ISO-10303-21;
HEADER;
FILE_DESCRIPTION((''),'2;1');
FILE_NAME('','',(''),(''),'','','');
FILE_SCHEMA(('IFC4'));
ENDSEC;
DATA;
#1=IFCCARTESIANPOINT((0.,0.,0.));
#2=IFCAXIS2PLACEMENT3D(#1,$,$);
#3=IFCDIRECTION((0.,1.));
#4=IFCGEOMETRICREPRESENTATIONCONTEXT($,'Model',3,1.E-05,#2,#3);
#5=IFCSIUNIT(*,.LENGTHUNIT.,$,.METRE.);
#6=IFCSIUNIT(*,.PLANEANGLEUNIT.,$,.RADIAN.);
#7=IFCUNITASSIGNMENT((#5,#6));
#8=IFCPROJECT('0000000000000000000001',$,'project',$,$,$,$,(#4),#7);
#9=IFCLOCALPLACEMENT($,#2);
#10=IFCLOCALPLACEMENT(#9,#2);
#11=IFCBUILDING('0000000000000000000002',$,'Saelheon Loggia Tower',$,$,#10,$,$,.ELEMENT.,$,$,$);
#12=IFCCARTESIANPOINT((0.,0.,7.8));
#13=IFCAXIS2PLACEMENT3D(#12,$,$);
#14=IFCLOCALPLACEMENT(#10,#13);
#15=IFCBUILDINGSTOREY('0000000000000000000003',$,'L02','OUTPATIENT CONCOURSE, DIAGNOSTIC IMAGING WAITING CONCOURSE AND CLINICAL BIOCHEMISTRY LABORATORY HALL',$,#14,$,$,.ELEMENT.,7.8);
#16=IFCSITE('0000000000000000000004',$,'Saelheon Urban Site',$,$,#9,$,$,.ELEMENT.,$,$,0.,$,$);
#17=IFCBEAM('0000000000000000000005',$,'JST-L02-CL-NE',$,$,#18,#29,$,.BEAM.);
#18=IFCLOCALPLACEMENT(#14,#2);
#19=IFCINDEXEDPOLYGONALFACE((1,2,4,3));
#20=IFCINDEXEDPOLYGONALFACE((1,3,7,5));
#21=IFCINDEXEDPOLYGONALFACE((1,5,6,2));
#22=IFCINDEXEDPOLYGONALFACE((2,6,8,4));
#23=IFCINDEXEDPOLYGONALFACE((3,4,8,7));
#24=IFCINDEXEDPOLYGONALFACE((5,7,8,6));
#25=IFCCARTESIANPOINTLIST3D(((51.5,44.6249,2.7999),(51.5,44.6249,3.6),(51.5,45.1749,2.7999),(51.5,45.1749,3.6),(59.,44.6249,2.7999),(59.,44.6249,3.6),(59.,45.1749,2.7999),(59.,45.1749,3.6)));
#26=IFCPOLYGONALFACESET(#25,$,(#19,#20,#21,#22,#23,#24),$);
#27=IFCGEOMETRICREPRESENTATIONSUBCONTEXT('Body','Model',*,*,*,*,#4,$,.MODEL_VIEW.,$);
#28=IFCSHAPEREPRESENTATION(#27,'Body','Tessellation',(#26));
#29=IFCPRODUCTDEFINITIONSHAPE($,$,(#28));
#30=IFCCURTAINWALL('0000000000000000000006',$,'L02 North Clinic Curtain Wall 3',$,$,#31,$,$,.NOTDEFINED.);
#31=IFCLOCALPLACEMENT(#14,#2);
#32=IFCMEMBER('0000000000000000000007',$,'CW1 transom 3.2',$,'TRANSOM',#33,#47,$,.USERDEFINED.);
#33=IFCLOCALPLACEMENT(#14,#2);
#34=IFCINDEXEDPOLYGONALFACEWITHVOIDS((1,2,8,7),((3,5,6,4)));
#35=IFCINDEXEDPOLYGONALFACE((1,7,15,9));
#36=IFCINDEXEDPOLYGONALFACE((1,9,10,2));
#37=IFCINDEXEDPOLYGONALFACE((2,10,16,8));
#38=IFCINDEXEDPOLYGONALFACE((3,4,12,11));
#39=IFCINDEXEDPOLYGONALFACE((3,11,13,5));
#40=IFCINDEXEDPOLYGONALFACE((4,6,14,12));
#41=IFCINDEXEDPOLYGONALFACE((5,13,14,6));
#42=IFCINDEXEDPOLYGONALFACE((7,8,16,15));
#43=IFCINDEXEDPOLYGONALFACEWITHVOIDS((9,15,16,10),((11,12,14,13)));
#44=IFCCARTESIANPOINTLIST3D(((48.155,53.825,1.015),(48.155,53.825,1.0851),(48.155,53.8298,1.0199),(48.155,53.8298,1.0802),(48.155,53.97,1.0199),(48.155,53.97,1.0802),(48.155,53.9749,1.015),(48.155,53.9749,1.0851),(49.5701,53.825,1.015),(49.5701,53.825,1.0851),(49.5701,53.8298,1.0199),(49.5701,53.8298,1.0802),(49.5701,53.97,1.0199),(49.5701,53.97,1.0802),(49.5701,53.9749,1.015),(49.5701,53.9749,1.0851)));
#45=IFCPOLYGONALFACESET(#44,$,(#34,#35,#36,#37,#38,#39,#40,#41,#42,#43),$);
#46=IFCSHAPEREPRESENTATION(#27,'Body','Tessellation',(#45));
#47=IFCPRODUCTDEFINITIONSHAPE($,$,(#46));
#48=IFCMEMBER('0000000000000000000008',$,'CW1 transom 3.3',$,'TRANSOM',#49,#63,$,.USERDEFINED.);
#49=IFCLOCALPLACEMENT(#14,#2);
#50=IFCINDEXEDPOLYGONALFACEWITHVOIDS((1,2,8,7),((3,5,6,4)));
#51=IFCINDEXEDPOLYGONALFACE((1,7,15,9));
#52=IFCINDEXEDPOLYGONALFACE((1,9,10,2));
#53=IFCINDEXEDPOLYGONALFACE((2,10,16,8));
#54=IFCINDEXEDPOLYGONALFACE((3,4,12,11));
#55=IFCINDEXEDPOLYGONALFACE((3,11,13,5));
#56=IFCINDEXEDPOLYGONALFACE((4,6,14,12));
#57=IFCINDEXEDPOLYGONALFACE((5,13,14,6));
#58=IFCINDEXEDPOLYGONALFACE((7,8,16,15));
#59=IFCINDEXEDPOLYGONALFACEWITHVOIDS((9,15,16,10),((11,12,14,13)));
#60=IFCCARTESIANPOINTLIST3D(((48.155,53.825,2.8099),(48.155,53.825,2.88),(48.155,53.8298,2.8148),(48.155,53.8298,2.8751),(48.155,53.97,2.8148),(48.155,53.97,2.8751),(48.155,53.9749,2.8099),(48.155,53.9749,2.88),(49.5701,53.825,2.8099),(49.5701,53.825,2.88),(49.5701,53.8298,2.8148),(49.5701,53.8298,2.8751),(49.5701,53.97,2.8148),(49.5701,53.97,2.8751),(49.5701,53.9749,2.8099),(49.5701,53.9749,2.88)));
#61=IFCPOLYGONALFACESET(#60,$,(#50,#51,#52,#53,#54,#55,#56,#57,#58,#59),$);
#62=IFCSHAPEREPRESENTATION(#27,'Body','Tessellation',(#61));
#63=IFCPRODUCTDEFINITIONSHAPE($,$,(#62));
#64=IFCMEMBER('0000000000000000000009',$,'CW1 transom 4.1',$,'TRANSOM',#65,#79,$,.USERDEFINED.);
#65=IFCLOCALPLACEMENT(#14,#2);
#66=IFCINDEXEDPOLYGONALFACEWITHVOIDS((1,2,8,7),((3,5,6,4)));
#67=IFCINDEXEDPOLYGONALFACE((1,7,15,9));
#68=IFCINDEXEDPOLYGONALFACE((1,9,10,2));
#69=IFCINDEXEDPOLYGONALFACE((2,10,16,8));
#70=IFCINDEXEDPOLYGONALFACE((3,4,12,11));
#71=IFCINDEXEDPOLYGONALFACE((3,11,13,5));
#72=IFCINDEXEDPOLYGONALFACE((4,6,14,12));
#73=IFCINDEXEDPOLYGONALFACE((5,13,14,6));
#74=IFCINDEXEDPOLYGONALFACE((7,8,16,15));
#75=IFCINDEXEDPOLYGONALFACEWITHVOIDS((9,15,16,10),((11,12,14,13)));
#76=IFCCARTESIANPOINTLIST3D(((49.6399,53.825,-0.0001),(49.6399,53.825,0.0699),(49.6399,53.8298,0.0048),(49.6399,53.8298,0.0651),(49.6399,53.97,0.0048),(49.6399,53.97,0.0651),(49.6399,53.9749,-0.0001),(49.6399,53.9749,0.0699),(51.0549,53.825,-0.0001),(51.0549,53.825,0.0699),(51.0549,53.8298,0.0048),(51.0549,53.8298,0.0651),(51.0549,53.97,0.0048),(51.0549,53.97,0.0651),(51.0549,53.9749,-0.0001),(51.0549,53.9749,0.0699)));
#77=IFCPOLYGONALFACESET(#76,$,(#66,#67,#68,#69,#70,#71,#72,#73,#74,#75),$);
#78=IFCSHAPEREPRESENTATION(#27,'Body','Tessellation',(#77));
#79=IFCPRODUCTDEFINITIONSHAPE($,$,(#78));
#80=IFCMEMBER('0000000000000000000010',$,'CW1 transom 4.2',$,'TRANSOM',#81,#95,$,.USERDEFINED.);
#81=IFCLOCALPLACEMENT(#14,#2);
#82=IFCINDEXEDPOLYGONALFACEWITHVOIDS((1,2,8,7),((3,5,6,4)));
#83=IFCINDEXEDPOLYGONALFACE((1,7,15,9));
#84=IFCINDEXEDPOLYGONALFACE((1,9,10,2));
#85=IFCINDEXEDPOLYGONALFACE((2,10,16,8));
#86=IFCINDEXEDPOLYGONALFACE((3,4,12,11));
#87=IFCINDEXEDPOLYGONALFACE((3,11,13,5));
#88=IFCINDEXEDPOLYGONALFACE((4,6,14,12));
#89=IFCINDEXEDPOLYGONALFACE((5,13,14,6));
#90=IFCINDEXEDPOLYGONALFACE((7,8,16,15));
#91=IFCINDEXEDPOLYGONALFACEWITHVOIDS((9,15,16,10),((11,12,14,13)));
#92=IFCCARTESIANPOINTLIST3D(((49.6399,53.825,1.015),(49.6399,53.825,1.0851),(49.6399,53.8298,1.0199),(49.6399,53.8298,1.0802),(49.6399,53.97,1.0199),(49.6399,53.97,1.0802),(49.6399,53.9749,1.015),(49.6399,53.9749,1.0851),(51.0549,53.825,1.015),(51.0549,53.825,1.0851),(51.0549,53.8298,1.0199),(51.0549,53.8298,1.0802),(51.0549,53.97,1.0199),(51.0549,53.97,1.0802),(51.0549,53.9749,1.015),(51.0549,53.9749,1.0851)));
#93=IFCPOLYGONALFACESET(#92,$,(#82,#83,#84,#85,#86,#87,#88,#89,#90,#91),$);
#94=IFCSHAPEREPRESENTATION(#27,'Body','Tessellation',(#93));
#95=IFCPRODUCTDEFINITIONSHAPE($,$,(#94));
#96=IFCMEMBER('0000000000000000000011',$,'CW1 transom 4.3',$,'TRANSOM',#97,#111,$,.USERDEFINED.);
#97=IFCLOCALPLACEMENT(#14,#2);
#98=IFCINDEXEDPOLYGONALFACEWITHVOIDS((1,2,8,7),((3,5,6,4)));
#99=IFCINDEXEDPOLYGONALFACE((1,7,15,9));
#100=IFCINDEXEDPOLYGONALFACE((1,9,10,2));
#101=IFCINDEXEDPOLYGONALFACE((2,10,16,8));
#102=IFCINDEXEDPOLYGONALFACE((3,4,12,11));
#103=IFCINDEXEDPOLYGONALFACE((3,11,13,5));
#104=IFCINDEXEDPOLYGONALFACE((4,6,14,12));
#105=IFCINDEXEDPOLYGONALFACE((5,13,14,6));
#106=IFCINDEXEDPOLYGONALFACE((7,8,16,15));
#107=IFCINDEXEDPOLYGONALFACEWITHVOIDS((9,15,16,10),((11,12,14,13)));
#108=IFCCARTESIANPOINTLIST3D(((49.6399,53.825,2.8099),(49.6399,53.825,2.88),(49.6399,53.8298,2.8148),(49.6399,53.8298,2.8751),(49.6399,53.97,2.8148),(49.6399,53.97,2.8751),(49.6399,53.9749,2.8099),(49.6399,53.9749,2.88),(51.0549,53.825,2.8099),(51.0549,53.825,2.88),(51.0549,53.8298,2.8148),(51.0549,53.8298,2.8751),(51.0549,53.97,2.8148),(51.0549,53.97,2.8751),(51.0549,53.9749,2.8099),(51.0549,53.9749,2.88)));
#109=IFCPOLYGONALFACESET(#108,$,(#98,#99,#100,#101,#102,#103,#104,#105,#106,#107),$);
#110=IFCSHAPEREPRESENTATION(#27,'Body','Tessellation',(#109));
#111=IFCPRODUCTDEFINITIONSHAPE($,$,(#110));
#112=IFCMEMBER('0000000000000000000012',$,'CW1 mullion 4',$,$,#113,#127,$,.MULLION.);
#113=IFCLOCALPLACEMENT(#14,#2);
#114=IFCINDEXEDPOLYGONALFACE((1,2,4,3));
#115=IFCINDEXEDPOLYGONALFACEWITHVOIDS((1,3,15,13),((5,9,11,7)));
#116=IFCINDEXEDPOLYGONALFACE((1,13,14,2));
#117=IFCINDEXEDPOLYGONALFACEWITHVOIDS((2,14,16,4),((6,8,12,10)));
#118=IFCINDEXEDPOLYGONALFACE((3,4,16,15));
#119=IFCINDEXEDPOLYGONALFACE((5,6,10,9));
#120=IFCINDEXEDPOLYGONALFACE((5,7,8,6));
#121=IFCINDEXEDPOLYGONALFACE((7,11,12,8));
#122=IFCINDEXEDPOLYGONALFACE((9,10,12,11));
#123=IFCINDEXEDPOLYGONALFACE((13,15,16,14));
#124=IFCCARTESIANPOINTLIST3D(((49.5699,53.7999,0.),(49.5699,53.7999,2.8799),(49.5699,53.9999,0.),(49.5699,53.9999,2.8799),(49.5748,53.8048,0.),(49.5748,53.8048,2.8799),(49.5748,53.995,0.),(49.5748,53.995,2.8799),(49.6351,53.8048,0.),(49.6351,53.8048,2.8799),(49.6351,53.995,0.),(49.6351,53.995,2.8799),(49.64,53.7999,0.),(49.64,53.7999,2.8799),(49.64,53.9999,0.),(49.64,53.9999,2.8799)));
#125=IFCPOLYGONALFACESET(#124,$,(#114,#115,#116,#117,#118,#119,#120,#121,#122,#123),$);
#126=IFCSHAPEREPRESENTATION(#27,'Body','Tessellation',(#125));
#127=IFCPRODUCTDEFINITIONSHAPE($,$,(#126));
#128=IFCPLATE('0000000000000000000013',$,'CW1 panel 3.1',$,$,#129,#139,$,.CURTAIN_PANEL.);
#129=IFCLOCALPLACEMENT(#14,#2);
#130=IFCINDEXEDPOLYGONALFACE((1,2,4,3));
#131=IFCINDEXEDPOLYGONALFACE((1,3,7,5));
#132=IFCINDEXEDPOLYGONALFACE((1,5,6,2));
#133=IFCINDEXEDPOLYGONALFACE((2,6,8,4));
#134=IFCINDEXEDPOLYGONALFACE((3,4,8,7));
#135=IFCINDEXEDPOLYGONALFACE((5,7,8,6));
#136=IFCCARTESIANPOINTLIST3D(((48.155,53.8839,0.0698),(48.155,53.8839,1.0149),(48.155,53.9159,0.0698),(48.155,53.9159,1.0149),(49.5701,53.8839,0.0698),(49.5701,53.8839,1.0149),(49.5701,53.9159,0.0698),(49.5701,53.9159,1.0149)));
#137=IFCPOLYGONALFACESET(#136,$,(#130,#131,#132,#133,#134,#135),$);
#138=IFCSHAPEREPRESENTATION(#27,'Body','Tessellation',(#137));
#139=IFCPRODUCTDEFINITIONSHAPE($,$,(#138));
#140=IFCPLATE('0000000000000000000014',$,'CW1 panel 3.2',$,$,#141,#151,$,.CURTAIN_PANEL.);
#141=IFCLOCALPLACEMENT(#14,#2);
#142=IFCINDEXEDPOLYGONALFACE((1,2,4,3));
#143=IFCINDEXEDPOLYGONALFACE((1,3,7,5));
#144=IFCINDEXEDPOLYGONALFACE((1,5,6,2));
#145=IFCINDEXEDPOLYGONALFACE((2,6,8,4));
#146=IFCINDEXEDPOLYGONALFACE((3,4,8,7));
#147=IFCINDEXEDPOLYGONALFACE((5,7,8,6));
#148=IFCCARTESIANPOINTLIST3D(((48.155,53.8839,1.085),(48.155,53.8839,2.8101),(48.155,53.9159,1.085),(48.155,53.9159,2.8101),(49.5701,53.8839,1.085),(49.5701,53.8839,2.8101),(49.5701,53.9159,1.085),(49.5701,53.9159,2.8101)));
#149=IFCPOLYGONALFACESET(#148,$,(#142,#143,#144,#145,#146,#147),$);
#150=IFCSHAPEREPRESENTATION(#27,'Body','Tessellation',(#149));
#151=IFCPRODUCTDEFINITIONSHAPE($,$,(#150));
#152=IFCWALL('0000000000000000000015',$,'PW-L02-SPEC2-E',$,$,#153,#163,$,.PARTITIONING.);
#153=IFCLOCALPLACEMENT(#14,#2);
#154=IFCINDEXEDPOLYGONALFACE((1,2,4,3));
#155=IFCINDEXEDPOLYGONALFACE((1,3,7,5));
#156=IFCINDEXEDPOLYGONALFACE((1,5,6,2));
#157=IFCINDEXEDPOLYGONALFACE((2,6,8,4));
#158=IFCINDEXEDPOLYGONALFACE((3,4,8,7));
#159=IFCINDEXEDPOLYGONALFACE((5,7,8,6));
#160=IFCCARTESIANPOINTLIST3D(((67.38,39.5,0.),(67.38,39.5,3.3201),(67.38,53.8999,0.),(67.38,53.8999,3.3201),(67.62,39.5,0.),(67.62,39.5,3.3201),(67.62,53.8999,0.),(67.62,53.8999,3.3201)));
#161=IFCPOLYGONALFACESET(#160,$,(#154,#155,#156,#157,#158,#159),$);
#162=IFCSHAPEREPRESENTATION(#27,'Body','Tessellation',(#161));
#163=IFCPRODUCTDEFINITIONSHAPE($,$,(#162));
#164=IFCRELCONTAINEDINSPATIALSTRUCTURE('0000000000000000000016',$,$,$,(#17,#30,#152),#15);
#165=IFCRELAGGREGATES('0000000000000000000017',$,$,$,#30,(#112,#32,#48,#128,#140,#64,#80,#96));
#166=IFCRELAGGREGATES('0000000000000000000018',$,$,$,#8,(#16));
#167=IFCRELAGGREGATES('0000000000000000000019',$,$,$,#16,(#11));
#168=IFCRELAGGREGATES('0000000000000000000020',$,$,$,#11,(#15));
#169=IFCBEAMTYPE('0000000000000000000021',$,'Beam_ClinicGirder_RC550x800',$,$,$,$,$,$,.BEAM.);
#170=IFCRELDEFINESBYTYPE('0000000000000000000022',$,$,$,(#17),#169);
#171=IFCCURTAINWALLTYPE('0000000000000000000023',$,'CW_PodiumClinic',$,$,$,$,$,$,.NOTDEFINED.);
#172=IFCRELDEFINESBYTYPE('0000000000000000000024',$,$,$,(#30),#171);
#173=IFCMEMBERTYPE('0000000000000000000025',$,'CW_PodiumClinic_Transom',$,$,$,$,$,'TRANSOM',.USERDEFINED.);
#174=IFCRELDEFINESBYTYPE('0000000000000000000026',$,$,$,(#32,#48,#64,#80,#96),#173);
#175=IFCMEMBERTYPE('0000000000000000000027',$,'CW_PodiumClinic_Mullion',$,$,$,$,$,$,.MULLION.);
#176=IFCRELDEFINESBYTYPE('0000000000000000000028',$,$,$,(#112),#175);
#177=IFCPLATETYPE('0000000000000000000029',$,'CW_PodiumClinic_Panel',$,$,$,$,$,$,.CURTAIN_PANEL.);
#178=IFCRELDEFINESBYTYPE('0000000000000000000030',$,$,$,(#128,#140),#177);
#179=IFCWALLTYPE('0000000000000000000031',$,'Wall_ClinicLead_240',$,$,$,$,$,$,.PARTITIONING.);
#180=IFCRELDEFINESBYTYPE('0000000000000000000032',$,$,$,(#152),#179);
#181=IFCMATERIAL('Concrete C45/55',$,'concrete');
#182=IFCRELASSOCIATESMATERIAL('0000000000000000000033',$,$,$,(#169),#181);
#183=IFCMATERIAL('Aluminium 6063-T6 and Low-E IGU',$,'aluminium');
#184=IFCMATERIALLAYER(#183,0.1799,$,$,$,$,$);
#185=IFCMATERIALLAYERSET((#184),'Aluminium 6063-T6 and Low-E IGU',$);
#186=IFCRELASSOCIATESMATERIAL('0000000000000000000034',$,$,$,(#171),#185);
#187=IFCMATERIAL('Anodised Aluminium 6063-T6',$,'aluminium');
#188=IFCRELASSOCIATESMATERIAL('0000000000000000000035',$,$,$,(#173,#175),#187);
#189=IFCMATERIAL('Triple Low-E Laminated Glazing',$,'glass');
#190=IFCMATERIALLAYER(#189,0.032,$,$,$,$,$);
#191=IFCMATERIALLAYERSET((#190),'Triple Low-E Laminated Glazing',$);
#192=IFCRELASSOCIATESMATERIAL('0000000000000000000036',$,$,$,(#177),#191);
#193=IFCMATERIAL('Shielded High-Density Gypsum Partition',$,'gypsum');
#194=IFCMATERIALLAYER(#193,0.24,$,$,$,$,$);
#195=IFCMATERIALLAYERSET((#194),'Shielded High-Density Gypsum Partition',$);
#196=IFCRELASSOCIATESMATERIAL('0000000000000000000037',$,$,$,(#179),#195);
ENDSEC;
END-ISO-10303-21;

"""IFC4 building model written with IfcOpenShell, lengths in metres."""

from ifc_helpers import new_model, si_unit, direction, frame, frame_2d, origin, origin_2d, place, context, subcontext, project, spatial, rectangle, hollow_rectangle, extrude, source, transform, mapped, material, layer, layer_set, material_profile, profile_set, type_object, element, aggregate, save


model = new_model("IFC4")

# Units and contexts
model_context = context("Model", 3, precision=1e-05, world=origin(), true_north=direction((0.0, 1.0)))
body_context = subcontext(model_context, "Body", "Model", "MODEL_VIEW")
ifc_project = project(units=[si_unit("LENGTHUNIT", "METRE"), si_unit("PLANEANGLEUNIT", "RADIAN")], contexts=[model_context])

# Site, building, storey
site_placement = place(None, origin())
site = spatial("IfcSite", under=ifc_project, at=site_placement, Name="Saelheon Urban Site", CompositionType="ELEMENT", RefElevation=0.0)
building_placement = place(site_placement, origin())
building = spatial("IfcBuilding", under=site, at=building_placement, Name="Saelheon Loggia Tower", CompositionType="ELEMENT")
storey_placement = place(building_placement, frame((0.0, 0.0, 7.8)))
storey = spatial("IfcBuildingStorey", under=building, at=storey_placement, Name="L02", Description="OUTPATIENT CONCOURSE, DIAGNOSTIC IMAGING WAITING CONCOURSE AND CLINICAL BIOCHEMISTRY LABORATORY HALL", CompositionType="ELEMENT", Elevation=7.8)

# Shared definitions
ifc_material_1 = material(Name="Concrete C45/55", Category="concrete")

# Beam
ifc_material_profile_1 = material_profile(ifc_material_1, rectangle(XDim=0.55, YDim=0.8, at=origin_2d()), Name="RC-550x800")
ifc_profile_set_1 = profile_set([ifc_material_profile_1], Name="Concrete C45/55")
beam_type_1 = type_object("IfcBeamType", Name="Beam_ClinicGirder_RC550x800", PredefinedType="BEAM", material=ifc_profile_set_1)
shared_shape_1 = source(origin(), body_context, "Body", "SweptSolid", [
    extrude(rectangle(XDim=0.55, YDim=0.8, at=origin_2d()), origin(), (0.0, 0.0, 1.0), 7.5),
])
beam_1_placement = place(storey_placement, frame((51.5, 44.8999, 3.2), z_axis=(1.0, 0.0, 0.0), x_axis=(0.0, 1.0, 0.0)))
element("IfcBeam", 1, at=beam_1_placement, inside=storey, type_object=beam_type_1, Name="JST-L02-CL-NE", PredefinedType="BEAM", context=body_context, shape_type="MappedRepresentation", body=[
    mapped(shared_shape_1, transform((0.0, 0.0, 0.0), scale=1.0)),
])

# Curtain wall, members, plates
ifc_material_2 = material(Name="Aluminium 6063-T6 and Low-E IGU", Category="aluminium")
ifc_layer_1 = layer(ifc_material_2, 0.1799)
ifc_layer_set_1 = layer_set([ifc_layer_1], Name="Aluminium 6063-T6 and Low-E IGU")
curtain_wall_type = type_object("IfcCurtainWallType", Name="CW_PodiumClinic", PredefinedType="NOTDEFINED", material=ifc_layer_set_1)
curtain_wall_placement = place(storey_placement, origin())
curtain_wall = element("IfcCurtainWall", 2, at=curtain_wall_placement, inside=storey, type_object=curtain_wall_type, Name="L02 North Clinic Curtain Wall 3", PredefinedType="NOTDEFINED")
ifc_material_3 = material(Name="Anodised Aluminium 6063-T6", Category="aluminium")
ifc_material_profile_2 = material_profile(ifc_material_3, hollow_rectangle(XDim=0.0701, YDim=0.1499, WallThickness=0.0049, at=origin_2d()), Name="RHS-150x70x5")
ifc_profile_set_2 = profile_set([ifc_material_profile_2], Name="Anodised Aluminium 6063-T6")
member_type_1 = type_object("IfcMemberType", Name="CW_PodiumClinic_Transom", ElementType="TRANSOM", PredefinedType="USERDEFINED", material=ifc_profile_set_2)
shared_shape_2 = source(origin(), body_context, "Body", "SweptSolid", [
    extrude(hollow_rectangle(XDim=0.0701, YDim=0.1499, WallThickness=0.0049, at=origin_2d()), origin(), (0.0, 0.0, 1.0), 1.415),
])
member_1_placement = place(storey_placement, frame((48.155, 53.8999, 1.05), z_axis=(1.0, 0.0, 0.0), x_axis=(0.0, 0.0, 1.0)))
member_1 = element("IfcMember", 3, at=member_1_placement, type_object=member_type_1, Name="CW1 transom 3.2", ObjectType="TRANSOM", PredefinedType="USERDEFINED", context=body_context, shape_type="MappedRepresentation", body=[
    mapped(shared_shape_2, transform((0.0, 0.0, 0.0), scale=1.0)),
])
member_2_placement = place(storey_placement, frame((48.155, 53.8999, 2.845), z_axis=(1.0, 0.0, 0.0), x_axis=(0.0, 0.0, 1.0)))
member_2 = element("IfcMember", 4, at=member_2_placement, type_object=member_type_1, Name="CW1 transom 3.3", ObjectType="TRANSOM", PredefinedType="USERDEFINED", context=body_context, shape_type="MappedRepresentation", body=[
    mapped(shared_shape_2, transform((0.0, 0.0, 0.0), scale=1.0)),
])
member_3_placement = place(storey_placement, frame((49.6399, 53.8999, 0.0349), z_axis=(1.0, 0.0, 0.0), x_axis=(0.0, 0.0, 1.0)))
member_3 = element("IfcMember", 5, at=member_3_placement, type_object=member_type_1, Name="CW1 transom 4.1", ObjectType="TRANSOM", PredefinedType="USERDEFINED", context=body_context, shape_type="MappedRepresentation", body=[
    mapped(shared_shape_2, transform((0.0, 0.0, 0.0), scale=1.0)),
])
member_4_placement = place(storey_placement, frame((49.6399, 53.8999, 1.05), z_axis=(1.0, 0.0, 0.0), x_axis=(0.0, 0.0, 1.0)))
member_4 = element("IfcMember", 6, at=member_4_placement, type_object=member_type_1, Name="CW1 transom 4.2", ObjectType="TRANSOM", PredefinedType="USERDEFINED", context=body_context, shape_type="MappedRepresentation", body=[
    mapped(shared_shape_2, transform((0.0, 0.0, 0.0), scale=1.0)),
])
member_5_placement = place(storey_placement, frame((49.6399, 53.8999, 2.845), z_axis=(1.0, 0.0, 0.0), x_axis=(0.0, 0.0, 1.0)))
member_5 = element("IfcMember", 7, at=member_5_placement, type_object=member_type_1, Name="CW1 transom 4.3", ObjectType="TRANSOM", PredefinedType="USERDEFINED", context=body_context, shape_type="MappedRepresentation", body=[
    mapped(shared_shape_2, transform((0.0, 0.0, 0.0), scale=1.0)),
])
ifc_material_profile_3 = material_profile(ifc_material_3, hollow_rectangle(XDim=0.0701, YDim=0.2, WallThickness=0.0049, at=origin_2d()), Name="RHS-200x70x5")
ifc_profile_set_3 = profile_set([ifc_material_profile_3], Name="Anodised Aluminium 6063-T6")
member_type_2 = type_object("IfcMemberType", Name="CW_PodiumClinic_Mullion", PredefinedType="MULLION", material=ifc_profile_set_3)
shared_shape_3 = source(origin(), body_context, "Body", "SweptSolid", [
    extrude(hollow_rectangle(XDim=0.0701, YDim=0.2, WallThickness=0.0049, at=origin_2d()), origin(), (0.0, 0.0, 1.0), 2.8799),
])
member_6_placement = place(storey_placement, frame((49.605, 53.8999, 0.0), z_axis=(0.0, 0.0, 1.0), x_axis=(1.0, 0.0, 0.0)))
member_6 = element("IfcMember", 8, at=member_6_placement, type_object=member_type_2, Name="CW1 mullion 4", PredefinedType="MULLION", context=body_context, shape_type="MappedRepresentation", body=[
    mapped(shared_shape_3, transform((0.0, 0.0, 0.0), scale=1.0)),
])
ifc_material_4 = material(Name="Triple Low-E Laminated Glazing", Category="glass")
ifc_layer_2 = layer(ifc_material_4, 0.032)
ifc_layer_set_2 = layer_set([ifc_layer_2], Name="Triple Low-E Laminated Glazing")
plate_type = type_object("IfcPlateType", Name="CW_PodiumClinic_Panel", PredefinedType="CURTAIN_PANEL", material=ifc_layer_set_2)
shared_shape_4 = source(origin(), body_context, "Body", "SweptSolid", [
    extrude(rectangle(XDim=1.415, YDim=0.032, at=origin_2d()), origin(), (0.0, 0.0, 1.0), 0.9451),
])
plate_1_placement = place(storey_placement, frame((48.8625, 53.8999, 0.0698), z_axis=(0.0, 0.0, 1.0), x_axis=(1.0, 0.0, 0.0)))
plate_1 = element("IfcPlate", 9, at=plate_1_placement, type_object=plate_type, Name="CW1 panel 3.1", PredefinedType="CURTAIN_PANEL", context=body_context, shape_type="MappedRepresentation", body=[
    mapped(shared_shape_4, transform((0.0, 0.0, 0.0), scale=1.0)),
])
shared_shape_5 = source(origin(), body_context, "Body", "SweptSolid", [
    extrude(rectangle(XDim=1.415, YDim=0.032, at=origin_2d()), origin(), (0.0, 0.0, 1.0), 1.7251),
])
plate_2_placement = place(storey_placement, frame((48.8625, 53.8999, 1.085), z_axis=(0.0, 0.0, 1.0), x_axis=(1.0, 0.0, 0.0)))
plate_2 = element("IfcPlate", 10, at=plate_2_placement, type_object=plate_type, Name="CW1 panel 3.2", PredefinedType="CURTAIN_PANEL", context=body_context, shape_type="MappedRepresentation", body=[
    mapped(shared_shape_5, transform((0.0, 0.0, 0.0), scale=1.0)),
])
aggregate(curtain_wall, [member_6, member_1, member_2, plate_1, plate_2, member_3, member_4, member_5])

# Wall
ifc_material_5 = material(Name="Shielded High-Density Gypsum Partition", Category="gypsum")
ifc_layer_3 = layer(ifc_material_5, 0.24)
ifc_layer_set_3 = layer_set([ifc_layer_3], Name="Shielded High-Density Gypsum Partition")
wall_type_1 = type_object("IfcWallType", Name="Wall_ClinicLead_240", PredefinedType="PARTITIONING", material=ifc_layer_set_3)
wall_1_placement = place(storey_placement, frame((67.5, 39.5, 0.0), z_axis=(0.0, 0.0, 1.0), x_axis=(0.0, 1.0, 0.0)))
element("IfcWall", 11, at=wall_1_placement, inside=storey, type_object=wall_type_1, Name="PW-L02-SPEC2-E", PredefinedType="PARTITIONING", context=body_context, shape_type="SweptSolid", body=[
    extrude(rectangle(XDim=14.3999, YDim=0.24, at=frame_2d((7.2, 0.0))), origin(), (0.0, 0.0, 1.0), 3.3201),
])

save(model, "model.ifc")
